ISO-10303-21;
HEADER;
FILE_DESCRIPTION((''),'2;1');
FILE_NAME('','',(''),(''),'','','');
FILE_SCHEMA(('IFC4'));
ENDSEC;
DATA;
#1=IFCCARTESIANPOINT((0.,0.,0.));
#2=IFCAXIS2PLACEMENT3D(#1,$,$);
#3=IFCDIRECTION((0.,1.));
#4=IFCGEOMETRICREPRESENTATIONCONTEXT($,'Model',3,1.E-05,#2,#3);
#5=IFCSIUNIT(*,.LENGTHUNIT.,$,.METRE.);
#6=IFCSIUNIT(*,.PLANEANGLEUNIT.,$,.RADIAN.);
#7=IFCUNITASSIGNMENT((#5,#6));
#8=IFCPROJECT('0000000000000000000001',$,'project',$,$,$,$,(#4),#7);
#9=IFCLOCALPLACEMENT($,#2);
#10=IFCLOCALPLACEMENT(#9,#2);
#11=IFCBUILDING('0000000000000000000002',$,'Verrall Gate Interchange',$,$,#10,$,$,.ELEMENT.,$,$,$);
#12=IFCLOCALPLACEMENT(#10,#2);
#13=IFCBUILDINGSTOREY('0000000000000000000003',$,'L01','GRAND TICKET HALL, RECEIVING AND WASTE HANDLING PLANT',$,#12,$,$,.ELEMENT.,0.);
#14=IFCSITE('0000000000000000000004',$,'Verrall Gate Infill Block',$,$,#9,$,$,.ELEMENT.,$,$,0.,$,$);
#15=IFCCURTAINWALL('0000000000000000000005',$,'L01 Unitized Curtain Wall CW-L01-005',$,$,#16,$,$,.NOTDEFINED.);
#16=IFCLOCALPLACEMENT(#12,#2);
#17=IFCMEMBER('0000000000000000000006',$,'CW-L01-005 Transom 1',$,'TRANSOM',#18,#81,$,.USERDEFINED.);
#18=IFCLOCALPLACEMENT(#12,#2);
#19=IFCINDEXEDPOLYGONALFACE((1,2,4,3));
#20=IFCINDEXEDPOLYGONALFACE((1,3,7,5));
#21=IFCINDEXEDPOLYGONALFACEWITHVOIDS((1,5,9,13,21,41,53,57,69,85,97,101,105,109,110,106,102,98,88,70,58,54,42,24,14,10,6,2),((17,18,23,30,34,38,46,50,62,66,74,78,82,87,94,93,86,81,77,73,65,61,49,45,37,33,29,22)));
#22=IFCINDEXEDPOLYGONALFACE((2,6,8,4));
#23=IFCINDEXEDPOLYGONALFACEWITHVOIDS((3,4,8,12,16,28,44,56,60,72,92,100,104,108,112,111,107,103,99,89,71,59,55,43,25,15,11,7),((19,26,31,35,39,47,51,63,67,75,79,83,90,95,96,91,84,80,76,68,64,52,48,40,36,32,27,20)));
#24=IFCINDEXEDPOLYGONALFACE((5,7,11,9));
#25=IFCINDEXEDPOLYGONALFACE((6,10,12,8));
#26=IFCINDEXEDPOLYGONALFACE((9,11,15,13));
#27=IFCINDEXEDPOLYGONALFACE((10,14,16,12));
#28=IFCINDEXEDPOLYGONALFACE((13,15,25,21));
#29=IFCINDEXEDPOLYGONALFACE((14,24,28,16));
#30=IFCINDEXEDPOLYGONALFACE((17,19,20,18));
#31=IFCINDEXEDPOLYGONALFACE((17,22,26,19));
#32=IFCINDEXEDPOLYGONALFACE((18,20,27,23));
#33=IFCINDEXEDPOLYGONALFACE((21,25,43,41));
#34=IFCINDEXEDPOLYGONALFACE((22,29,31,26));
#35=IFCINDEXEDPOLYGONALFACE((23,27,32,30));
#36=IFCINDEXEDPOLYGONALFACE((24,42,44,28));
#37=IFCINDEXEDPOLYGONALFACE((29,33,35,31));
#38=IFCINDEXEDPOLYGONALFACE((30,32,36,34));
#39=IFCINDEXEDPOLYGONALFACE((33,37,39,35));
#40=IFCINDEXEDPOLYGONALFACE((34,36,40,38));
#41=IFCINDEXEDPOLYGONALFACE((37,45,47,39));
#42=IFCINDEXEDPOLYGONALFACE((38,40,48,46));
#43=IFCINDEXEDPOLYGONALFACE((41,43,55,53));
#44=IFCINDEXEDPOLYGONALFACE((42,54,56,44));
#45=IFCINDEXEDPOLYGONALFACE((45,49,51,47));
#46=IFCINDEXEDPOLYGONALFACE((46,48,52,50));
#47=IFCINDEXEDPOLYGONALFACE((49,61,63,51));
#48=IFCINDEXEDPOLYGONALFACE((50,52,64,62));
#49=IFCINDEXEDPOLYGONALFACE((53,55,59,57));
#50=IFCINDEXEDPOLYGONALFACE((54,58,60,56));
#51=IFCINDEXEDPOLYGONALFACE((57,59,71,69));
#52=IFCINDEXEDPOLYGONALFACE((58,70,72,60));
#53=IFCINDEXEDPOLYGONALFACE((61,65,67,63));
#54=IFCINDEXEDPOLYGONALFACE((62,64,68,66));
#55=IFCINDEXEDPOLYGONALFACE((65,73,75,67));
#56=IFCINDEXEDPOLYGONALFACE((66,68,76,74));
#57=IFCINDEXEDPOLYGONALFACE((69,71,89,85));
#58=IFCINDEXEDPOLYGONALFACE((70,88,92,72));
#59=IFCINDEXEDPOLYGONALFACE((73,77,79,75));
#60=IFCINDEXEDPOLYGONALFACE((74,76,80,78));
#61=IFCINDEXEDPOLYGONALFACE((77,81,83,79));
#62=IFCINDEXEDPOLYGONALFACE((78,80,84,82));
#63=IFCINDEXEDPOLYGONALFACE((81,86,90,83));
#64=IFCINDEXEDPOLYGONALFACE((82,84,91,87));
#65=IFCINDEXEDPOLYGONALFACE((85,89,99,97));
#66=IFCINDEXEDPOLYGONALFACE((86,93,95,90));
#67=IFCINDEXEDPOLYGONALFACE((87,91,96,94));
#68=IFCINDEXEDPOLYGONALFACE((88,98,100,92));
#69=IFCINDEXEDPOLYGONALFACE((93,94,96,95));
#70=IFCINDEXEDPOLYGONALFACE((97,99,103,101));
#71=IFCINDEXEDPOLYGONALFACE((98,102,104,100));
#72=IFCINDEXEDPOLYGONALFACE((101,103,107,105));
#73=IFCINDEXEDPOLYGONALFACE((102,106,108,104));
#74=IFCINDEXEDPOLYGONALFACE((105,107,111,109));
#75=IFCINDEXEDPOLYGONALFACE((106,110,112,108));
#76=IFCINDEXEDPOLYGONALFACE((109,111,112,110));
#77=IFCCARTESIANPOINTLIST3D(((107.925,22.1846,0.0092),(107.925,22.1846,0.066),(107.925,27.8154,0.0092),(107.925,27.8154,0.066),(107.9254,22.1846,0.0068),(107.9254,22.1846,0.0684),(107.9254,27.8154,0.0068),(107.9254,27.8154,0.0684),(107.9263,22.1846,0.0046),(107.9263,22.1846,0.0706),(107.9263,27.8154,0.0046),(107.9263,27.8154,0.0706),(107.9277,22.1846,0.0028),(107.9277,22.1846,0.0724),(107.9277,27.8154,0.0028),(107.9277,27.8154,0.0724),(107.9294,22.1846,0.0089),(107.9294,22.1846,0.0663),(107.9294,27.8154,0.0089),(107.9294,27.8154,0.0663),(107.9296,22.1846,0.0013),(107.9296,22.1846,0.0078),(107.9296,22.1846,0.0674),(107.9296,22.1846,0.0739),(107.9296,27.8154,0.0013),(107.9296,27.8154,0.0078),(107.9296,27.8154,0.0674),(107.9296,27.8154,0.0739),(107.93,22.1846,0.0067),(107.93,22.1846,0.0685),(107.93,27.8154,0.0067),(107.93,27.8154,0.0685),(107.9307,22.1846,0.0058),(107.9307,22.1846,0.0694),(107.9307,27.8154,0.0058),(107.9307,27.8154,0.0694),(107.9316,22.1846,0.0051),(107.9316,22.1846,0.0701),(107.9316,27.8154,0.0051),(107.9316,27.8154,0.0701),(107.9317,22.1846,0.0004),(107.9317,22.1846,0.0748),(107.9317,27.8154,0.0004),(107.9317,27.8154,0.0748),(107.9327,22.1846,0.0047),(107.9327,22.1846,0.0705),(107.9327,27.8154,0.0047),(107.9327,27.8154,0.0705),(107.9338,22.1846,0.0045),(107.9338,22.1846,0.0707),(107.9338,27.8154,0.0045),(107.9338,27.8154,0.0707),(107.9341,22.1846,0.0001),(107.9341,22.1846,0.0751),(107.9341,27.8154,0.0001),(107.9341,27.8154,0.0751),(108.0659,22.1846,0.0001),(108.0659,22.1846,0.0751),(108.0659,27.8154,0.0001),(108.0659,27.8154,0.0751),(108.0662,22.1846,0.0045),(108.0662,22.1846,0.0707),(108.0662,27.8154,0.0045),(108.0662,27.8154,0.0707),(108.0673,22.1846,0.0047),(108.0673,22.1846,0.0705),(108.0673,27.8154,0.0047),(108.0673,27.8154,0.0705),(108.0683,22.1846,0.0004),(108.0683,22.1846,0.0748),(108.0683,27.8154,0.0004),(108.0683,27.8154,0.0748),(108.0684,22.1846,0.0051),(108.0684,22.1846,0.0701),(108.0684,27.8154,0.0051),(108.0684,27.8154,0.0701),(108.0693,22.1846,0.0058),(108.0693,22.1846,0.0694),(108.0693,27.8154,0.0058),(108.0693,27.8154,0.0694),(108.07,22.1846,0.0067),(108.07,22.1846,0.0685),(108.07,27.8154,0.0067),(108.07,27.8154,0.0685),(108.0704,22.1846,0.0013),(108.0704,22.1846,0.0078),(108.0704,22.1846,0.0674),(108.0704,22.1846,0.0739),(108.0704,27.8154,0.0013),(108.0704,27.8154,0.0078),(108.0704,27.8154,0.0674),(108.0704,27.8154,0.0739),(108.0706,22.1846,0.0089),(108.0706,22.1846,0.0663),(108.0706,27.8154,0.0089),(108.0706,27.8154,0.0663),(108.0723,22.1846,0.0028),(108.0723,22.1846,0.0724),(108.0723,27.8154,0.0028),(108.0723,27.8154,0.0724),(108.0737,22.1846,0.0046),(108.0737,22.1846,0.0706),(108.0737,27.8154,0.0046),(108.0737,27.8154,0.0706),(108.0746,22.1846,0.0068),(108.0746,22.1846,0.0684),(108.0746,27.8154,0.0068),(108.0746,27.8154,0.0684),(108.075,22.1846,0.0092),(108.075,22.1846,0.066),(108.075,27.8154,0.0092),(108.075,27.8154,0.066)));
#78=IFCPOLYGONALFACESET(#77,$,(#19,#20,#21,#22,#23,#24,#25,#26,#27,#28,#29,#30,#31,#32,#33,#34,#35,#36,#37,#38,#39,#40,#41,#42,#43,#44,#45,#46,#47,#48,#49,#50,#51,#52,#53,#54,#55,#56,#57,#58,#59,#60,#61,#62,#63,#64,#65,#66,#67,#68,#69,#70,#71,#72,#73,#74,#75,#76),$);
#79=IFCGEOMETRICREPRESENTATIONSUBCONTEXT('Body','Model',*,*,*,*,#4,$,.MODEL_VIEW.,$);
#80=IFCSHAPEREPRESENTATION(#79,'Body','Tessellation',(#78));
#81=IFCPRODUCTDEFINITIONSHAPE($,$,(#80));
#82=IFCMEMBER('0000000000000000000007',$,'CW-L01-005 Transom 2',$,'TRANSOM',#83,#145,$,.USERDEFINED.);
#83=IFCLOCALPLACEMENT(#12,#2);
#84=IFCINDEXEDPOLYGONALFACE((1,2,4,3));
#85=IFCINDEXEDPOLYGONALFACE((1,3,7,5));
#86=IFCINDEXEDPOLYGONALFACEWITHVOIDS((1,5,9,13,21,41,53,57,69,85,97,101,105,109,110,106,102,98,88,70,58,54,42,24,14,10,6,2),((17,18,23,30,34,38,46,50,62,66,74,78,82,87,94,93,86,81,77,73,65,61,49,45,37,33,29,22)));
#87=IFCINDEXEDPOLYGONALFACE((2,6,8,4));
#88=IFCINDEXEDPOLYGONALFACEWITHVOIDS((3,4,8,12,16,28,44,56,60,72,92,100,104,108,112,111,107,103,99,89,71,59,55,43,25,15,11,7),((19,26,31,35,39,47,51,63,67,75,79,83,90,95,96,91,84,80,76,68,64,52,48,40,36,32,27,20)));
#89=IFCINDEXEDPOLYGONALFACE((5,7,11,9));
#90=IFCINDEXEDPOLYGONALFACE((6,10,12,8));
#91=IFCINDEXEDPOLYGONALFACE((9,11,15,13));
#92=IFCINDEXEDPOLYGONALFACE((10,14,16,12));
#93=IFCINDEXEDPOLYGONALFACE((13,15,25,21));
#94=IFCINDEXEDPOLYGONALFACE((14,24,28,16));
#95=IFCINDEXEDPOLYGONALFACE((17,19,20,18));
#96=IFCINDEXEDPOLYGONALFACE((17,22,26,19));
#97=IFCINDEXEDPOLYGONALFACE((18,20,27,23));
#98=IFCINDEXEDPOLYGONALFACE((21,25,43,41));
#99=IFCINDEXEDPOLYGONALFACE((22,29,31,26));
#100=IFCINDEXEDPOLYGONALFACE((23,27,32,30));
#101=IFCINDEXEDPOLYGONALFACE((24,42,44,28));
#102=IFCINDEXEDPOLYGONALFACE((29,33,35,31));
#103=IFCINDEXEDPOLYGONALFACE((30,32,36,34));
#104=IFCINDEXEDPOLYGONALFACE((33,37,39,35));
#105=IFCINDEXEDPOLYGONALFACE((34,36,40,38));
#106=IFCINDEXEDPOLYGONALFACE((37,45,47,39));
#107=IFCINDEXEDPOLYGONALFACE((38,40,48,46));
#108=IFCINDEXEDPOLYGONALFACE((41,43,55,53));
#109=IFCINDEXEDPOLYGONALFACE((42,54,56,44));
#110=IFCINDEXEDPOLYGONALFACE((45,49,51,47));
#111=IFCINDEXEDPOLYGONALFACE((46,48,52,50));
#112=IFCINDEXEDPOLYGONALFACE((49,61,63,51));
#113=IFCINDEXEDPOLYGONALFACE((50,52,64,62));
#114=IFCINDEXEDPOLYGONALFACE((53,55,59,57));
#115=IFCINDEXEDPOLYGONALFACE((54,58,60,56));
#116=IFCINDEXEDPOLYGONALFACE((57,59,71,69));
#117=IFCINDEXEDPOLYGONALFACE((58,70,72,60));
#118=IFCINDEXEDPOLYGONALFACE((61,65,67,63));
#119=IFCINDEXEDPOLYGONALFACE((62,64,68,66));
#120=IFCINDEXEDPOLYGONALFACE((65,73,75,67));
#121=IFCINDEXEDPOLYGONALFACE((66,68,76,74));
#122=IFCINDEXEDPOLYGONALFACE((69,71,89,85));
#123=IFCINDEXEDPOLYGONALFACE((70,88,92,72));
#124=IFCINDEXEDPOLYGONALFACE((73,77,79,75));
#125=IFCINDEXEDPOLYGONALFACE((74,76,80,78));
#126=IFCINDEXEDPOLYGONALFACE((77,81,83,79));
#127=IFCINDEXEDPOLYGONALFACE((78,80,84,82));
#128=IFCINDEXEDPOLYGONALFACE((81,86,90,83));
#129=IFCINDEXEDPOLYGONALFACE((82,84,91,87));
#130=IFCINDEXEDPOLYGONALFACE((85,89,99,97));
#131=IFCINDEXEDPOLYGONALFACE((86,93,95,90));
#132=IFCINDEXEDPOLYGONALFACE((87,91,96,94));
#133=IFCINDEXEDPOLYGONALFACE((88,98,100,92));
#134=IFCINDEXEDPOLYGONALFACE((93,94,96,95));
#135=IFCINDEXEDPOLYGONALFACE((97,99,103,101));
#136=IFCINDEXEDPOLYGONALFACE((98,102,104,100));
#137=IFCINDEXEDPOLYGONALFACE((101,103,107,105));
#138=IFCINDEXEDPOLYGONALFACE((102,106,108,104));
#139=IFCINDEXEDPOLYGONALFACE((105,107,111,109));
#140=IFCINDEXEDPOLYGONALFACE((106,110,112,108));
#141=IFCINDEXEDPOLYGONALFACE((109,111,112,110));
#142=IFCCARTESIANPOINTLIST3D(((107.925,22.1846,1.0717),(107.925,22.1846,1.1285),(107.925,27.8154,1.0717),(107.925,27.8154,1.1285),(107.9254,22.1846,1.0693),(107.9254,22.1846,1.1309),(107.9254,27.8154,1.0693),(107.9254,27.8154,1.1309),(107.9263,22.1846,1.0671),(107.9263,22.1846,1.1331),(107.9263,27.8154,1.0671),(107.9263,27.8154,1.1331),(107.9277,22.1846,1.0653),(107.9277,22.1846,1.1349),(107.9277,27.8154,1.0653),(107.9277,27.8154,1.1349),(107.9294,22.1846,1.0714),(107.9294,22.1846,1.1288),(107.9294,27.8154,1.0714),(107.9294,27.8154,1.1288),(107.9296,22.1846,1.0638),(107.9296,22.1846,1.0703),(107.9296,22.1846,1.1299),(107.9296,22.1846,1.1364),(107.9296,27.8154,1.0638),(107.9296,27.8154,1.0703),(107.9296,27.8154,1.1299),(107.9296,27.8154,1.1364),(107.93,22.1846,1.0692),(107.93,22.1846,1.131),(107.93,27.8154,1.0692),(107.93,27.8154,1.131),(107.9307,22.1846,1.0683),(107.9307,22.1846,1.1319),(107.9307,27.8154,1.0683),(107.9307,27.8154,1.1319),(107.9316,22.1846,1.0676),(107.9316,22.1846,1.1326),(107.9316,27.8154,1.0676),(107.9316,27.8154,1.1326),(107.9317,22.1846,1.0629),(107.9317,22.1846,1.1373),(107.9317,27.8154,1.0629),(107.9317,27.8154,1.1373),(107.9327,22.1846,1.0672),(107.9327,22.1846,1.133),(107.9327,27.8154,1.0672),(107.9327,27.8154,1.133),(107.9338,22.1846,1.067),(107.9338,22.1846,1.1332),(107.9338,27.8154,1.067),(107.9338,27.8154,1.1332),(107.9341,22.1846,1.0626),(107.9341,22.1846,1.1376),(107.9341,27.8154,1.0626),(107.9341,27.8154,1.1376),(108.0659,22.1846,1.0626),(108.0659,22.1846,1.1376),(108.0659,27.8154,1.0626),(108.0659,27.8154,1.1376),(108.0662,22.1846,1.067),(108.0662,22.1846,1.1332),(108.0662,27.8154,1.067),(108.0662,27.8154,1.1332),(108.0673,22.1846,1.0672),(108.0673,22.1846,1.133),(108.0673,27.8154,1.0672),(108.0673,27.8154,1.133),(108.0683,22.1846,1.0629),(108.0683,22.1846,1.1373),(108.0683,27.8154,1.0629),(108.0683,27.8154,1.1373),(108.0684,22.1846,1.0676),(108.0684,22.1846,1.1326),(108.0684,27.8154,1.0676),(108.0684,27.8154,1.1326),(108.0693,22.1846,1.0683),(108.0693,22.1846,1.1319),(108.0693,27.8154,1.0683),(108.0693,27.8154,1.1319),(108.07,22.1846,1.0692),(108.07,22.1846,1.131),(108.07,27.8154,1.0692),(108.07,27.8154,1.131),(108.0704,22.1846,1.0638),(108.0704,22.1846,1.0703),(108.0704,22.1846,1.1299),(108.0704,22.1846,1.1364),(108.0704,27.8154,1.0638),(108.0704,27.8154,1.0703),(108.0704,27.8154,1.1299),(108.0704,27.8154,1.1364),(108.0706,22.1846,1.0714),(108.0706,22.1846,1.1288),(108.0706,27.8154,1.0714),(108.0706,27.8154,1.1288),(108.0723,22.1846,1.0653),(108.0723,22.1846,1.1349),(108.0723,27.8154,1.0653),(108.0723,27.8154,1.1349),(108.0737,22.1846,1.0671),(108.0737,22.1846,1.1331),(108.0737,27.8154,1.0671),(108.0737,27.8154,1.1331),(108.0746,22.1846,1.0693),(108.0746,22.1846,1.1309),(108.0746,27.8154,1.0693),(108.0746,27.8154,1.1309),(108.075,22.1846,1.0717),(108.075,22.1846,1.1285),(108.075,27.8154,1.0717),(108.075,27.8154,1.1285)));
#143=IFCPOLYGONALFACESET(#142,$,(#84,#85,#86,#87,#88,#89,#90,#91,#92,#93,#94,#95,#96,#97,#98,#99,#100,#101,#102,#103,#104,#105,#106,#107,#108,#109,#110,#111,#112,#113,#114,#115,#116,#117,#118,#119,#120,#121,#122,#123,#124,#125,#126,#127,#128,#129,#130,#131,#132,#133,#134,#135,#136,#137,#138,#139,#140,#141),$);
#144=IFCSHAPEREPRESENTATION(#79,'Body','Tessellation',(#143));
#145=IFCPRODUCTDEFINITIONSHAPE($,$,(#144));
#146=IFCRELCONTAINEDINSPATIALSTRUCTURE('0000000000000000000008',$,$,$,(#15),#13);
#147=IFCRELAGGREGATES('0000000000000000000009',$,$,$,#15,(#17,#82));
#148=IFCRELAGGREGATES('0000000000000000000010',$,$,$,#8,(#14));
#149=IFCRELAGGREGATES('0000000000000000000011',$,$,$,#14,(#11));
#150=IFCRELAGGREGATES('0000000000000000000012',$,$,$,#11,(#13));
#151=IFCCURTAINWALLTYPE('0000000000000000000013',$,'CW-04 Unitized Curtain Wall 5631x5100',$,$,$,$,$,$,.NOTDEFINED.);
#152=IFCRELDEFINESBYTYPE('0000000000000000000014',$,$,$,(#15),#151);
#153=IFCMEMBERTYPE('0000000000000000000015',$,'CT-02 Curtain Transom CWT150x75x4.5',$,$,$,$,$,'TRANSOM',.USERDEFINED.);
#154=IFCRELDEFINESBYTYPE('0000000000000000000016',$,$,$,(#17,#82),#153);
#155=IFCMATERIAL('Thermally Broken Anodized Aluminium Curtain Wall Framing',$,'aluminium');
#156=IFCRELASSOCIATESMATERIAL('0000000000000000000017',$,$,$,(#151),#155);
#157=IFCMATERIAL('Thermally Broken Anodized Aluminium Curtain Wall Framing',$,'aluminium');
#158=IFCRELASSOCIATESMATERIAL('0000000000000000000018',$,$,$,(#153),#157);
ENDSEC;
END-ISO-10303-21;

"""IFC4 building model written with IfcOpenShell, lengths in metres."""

from ifc_helpers import new_model, si_unit, direction, frame, origin, origin_2d, place, context, subcontext, project, spatial, hollow_rectangle, extrude, material, material_profile, profile_set, type_object, element, aggregate, save


model = new_model("IFC4")

# Units and contexts
model_context = context("Model", 3, precision=1e-05, world=origin(), true_north=direction((0.0, 1.0)))
body_context = subcontext(model_context, "Body", "Model", "MODEL_VIEW")
ifc_project = project(units=[si_unit("LENGTHUNIT", "METRE"), si_unit("PLANEANGLEUNIT", "RADIAN")], contexts=[model_context])

# Site, building, storey
site_placement = place(None, origin())
site = spatial("IfcSite", under=ifc_project, at=site_placement, Name="Verrall Gate Infill Block", CompositionType="ELEMENT", RefElevation=0.0)
building_placement = place(site_placement, origin())
building = spatial("IfcBuilding", under=site, at=building_placement, Name="Verrall Gate Interchange", CompositionType="ELEMENT")
storey_placement = place(building_placement, origin())
storey = spatial("IfcBuildingStorey", under=building, at=storey_placement, Name="L01", Description="GRAND TICKET HALL, RECEIVING AND WASTE HANDLING PLANT", CompositionType="ELEMENT", Elevation=0.0)

# Curtain wall, members
ifc_material_1 = material(Name="Thermally Broken Anodized Aluminium Curtain Wall Framing", Category="aluminium")
curtain_wall_type = type_object("IfcCurtainWallType", Name="CW-04 Unitized Curtain Wall 5631x5100", PredefinedType="NOTDEFINED", material=ifc_material_1)
curtain_wall_placement = place(storey_placement, origin())
curtain_wall = element("IfcCurtainWall", 1, at=curtain_wall_placement, inside=storey, type_object=curtain_wall_type, Name="L01 Unitized Curtain Wall CW-L01-005", PredefinedType="NOTDEFINED")
ifc_material_2 = material(Name="Thermally Broken Anodized Aluminium Curtain Wall Framing", Category="aluminium")
ifc_material_profile_1 = material_profile(ifc_material_2, hollow_rectangle(XDim=0.1499, YDim=0.075, WallThickness=0.0044, InnerFilletRadius=0.0044, OuterFilletRadius=0.009, at=origin_2d()), Name="CWT150x75x4.5")
ifc_profile_set_1 = profile_set([ifc_material_profile_1], Name="Thermally Broken Anodized Aluminium Curtain Wall Framing")
member_type_1 = type_object("IfcMemberType", Name="CT-02 Curtain Transom CWT150x75x4.5", ElementType="TRANSOM", PredefinedType="USERDEFINED", material=ifc_profile_set_1)
member_1_placement = place(storey_placement, frame((108.0, 22.1846, 0.0376), z_axis=(0.0, 1.0, 0.0), x_axis=(-1.0, 0.0, 0.0)))
member_1 = element("IfcMember", 2, at=member_1_placement, type_object=member_type_1, Name="CW-L01-005 Transom 1", ObjectType="TRANSOM", PredefinedType="USERDEFINED", context=body_context, shape_type="SweptSolid", body=[
    extrude(hollow_rectangle(XDim=0.1499, YDim=0.075, WallThickness=0.0044, InnerFilletRadius=0.0044, OuterFilletRadius=0.009, at=origin_2d()), origin(), (0.0, 0.0, 1.0), 5.6309),
])
member_2_placement = place(storey_placement, frame((108.0, 22.1846, 1.1001), z_axis=(0.0, 1.0, 0.0), x_axis=(-1.0, 0.0, 0.0)))
member_2 = element("IfcMember", 3, at=member_2_placement, type_object=member_type_1, Name="CW-L01-005 Transom 2", ObjectType="TRANSOM", PredefinedType="USERDEFINED", context=body_context, shape_type="SweptSolid", body=[
    extrude(hollow_rectangle(XDim=0.1499, YDim=0.075, WallThickness=0.0044, InnerFilletRadius=0.0044, OuterFilletRadius=0.009, at=origin_2d()), origin(), (0.0, 0.0, 1.0), 5.6309),
])
aggregate(curtain_wall, [member_1, member_2])

save(model, "model.ifc")
